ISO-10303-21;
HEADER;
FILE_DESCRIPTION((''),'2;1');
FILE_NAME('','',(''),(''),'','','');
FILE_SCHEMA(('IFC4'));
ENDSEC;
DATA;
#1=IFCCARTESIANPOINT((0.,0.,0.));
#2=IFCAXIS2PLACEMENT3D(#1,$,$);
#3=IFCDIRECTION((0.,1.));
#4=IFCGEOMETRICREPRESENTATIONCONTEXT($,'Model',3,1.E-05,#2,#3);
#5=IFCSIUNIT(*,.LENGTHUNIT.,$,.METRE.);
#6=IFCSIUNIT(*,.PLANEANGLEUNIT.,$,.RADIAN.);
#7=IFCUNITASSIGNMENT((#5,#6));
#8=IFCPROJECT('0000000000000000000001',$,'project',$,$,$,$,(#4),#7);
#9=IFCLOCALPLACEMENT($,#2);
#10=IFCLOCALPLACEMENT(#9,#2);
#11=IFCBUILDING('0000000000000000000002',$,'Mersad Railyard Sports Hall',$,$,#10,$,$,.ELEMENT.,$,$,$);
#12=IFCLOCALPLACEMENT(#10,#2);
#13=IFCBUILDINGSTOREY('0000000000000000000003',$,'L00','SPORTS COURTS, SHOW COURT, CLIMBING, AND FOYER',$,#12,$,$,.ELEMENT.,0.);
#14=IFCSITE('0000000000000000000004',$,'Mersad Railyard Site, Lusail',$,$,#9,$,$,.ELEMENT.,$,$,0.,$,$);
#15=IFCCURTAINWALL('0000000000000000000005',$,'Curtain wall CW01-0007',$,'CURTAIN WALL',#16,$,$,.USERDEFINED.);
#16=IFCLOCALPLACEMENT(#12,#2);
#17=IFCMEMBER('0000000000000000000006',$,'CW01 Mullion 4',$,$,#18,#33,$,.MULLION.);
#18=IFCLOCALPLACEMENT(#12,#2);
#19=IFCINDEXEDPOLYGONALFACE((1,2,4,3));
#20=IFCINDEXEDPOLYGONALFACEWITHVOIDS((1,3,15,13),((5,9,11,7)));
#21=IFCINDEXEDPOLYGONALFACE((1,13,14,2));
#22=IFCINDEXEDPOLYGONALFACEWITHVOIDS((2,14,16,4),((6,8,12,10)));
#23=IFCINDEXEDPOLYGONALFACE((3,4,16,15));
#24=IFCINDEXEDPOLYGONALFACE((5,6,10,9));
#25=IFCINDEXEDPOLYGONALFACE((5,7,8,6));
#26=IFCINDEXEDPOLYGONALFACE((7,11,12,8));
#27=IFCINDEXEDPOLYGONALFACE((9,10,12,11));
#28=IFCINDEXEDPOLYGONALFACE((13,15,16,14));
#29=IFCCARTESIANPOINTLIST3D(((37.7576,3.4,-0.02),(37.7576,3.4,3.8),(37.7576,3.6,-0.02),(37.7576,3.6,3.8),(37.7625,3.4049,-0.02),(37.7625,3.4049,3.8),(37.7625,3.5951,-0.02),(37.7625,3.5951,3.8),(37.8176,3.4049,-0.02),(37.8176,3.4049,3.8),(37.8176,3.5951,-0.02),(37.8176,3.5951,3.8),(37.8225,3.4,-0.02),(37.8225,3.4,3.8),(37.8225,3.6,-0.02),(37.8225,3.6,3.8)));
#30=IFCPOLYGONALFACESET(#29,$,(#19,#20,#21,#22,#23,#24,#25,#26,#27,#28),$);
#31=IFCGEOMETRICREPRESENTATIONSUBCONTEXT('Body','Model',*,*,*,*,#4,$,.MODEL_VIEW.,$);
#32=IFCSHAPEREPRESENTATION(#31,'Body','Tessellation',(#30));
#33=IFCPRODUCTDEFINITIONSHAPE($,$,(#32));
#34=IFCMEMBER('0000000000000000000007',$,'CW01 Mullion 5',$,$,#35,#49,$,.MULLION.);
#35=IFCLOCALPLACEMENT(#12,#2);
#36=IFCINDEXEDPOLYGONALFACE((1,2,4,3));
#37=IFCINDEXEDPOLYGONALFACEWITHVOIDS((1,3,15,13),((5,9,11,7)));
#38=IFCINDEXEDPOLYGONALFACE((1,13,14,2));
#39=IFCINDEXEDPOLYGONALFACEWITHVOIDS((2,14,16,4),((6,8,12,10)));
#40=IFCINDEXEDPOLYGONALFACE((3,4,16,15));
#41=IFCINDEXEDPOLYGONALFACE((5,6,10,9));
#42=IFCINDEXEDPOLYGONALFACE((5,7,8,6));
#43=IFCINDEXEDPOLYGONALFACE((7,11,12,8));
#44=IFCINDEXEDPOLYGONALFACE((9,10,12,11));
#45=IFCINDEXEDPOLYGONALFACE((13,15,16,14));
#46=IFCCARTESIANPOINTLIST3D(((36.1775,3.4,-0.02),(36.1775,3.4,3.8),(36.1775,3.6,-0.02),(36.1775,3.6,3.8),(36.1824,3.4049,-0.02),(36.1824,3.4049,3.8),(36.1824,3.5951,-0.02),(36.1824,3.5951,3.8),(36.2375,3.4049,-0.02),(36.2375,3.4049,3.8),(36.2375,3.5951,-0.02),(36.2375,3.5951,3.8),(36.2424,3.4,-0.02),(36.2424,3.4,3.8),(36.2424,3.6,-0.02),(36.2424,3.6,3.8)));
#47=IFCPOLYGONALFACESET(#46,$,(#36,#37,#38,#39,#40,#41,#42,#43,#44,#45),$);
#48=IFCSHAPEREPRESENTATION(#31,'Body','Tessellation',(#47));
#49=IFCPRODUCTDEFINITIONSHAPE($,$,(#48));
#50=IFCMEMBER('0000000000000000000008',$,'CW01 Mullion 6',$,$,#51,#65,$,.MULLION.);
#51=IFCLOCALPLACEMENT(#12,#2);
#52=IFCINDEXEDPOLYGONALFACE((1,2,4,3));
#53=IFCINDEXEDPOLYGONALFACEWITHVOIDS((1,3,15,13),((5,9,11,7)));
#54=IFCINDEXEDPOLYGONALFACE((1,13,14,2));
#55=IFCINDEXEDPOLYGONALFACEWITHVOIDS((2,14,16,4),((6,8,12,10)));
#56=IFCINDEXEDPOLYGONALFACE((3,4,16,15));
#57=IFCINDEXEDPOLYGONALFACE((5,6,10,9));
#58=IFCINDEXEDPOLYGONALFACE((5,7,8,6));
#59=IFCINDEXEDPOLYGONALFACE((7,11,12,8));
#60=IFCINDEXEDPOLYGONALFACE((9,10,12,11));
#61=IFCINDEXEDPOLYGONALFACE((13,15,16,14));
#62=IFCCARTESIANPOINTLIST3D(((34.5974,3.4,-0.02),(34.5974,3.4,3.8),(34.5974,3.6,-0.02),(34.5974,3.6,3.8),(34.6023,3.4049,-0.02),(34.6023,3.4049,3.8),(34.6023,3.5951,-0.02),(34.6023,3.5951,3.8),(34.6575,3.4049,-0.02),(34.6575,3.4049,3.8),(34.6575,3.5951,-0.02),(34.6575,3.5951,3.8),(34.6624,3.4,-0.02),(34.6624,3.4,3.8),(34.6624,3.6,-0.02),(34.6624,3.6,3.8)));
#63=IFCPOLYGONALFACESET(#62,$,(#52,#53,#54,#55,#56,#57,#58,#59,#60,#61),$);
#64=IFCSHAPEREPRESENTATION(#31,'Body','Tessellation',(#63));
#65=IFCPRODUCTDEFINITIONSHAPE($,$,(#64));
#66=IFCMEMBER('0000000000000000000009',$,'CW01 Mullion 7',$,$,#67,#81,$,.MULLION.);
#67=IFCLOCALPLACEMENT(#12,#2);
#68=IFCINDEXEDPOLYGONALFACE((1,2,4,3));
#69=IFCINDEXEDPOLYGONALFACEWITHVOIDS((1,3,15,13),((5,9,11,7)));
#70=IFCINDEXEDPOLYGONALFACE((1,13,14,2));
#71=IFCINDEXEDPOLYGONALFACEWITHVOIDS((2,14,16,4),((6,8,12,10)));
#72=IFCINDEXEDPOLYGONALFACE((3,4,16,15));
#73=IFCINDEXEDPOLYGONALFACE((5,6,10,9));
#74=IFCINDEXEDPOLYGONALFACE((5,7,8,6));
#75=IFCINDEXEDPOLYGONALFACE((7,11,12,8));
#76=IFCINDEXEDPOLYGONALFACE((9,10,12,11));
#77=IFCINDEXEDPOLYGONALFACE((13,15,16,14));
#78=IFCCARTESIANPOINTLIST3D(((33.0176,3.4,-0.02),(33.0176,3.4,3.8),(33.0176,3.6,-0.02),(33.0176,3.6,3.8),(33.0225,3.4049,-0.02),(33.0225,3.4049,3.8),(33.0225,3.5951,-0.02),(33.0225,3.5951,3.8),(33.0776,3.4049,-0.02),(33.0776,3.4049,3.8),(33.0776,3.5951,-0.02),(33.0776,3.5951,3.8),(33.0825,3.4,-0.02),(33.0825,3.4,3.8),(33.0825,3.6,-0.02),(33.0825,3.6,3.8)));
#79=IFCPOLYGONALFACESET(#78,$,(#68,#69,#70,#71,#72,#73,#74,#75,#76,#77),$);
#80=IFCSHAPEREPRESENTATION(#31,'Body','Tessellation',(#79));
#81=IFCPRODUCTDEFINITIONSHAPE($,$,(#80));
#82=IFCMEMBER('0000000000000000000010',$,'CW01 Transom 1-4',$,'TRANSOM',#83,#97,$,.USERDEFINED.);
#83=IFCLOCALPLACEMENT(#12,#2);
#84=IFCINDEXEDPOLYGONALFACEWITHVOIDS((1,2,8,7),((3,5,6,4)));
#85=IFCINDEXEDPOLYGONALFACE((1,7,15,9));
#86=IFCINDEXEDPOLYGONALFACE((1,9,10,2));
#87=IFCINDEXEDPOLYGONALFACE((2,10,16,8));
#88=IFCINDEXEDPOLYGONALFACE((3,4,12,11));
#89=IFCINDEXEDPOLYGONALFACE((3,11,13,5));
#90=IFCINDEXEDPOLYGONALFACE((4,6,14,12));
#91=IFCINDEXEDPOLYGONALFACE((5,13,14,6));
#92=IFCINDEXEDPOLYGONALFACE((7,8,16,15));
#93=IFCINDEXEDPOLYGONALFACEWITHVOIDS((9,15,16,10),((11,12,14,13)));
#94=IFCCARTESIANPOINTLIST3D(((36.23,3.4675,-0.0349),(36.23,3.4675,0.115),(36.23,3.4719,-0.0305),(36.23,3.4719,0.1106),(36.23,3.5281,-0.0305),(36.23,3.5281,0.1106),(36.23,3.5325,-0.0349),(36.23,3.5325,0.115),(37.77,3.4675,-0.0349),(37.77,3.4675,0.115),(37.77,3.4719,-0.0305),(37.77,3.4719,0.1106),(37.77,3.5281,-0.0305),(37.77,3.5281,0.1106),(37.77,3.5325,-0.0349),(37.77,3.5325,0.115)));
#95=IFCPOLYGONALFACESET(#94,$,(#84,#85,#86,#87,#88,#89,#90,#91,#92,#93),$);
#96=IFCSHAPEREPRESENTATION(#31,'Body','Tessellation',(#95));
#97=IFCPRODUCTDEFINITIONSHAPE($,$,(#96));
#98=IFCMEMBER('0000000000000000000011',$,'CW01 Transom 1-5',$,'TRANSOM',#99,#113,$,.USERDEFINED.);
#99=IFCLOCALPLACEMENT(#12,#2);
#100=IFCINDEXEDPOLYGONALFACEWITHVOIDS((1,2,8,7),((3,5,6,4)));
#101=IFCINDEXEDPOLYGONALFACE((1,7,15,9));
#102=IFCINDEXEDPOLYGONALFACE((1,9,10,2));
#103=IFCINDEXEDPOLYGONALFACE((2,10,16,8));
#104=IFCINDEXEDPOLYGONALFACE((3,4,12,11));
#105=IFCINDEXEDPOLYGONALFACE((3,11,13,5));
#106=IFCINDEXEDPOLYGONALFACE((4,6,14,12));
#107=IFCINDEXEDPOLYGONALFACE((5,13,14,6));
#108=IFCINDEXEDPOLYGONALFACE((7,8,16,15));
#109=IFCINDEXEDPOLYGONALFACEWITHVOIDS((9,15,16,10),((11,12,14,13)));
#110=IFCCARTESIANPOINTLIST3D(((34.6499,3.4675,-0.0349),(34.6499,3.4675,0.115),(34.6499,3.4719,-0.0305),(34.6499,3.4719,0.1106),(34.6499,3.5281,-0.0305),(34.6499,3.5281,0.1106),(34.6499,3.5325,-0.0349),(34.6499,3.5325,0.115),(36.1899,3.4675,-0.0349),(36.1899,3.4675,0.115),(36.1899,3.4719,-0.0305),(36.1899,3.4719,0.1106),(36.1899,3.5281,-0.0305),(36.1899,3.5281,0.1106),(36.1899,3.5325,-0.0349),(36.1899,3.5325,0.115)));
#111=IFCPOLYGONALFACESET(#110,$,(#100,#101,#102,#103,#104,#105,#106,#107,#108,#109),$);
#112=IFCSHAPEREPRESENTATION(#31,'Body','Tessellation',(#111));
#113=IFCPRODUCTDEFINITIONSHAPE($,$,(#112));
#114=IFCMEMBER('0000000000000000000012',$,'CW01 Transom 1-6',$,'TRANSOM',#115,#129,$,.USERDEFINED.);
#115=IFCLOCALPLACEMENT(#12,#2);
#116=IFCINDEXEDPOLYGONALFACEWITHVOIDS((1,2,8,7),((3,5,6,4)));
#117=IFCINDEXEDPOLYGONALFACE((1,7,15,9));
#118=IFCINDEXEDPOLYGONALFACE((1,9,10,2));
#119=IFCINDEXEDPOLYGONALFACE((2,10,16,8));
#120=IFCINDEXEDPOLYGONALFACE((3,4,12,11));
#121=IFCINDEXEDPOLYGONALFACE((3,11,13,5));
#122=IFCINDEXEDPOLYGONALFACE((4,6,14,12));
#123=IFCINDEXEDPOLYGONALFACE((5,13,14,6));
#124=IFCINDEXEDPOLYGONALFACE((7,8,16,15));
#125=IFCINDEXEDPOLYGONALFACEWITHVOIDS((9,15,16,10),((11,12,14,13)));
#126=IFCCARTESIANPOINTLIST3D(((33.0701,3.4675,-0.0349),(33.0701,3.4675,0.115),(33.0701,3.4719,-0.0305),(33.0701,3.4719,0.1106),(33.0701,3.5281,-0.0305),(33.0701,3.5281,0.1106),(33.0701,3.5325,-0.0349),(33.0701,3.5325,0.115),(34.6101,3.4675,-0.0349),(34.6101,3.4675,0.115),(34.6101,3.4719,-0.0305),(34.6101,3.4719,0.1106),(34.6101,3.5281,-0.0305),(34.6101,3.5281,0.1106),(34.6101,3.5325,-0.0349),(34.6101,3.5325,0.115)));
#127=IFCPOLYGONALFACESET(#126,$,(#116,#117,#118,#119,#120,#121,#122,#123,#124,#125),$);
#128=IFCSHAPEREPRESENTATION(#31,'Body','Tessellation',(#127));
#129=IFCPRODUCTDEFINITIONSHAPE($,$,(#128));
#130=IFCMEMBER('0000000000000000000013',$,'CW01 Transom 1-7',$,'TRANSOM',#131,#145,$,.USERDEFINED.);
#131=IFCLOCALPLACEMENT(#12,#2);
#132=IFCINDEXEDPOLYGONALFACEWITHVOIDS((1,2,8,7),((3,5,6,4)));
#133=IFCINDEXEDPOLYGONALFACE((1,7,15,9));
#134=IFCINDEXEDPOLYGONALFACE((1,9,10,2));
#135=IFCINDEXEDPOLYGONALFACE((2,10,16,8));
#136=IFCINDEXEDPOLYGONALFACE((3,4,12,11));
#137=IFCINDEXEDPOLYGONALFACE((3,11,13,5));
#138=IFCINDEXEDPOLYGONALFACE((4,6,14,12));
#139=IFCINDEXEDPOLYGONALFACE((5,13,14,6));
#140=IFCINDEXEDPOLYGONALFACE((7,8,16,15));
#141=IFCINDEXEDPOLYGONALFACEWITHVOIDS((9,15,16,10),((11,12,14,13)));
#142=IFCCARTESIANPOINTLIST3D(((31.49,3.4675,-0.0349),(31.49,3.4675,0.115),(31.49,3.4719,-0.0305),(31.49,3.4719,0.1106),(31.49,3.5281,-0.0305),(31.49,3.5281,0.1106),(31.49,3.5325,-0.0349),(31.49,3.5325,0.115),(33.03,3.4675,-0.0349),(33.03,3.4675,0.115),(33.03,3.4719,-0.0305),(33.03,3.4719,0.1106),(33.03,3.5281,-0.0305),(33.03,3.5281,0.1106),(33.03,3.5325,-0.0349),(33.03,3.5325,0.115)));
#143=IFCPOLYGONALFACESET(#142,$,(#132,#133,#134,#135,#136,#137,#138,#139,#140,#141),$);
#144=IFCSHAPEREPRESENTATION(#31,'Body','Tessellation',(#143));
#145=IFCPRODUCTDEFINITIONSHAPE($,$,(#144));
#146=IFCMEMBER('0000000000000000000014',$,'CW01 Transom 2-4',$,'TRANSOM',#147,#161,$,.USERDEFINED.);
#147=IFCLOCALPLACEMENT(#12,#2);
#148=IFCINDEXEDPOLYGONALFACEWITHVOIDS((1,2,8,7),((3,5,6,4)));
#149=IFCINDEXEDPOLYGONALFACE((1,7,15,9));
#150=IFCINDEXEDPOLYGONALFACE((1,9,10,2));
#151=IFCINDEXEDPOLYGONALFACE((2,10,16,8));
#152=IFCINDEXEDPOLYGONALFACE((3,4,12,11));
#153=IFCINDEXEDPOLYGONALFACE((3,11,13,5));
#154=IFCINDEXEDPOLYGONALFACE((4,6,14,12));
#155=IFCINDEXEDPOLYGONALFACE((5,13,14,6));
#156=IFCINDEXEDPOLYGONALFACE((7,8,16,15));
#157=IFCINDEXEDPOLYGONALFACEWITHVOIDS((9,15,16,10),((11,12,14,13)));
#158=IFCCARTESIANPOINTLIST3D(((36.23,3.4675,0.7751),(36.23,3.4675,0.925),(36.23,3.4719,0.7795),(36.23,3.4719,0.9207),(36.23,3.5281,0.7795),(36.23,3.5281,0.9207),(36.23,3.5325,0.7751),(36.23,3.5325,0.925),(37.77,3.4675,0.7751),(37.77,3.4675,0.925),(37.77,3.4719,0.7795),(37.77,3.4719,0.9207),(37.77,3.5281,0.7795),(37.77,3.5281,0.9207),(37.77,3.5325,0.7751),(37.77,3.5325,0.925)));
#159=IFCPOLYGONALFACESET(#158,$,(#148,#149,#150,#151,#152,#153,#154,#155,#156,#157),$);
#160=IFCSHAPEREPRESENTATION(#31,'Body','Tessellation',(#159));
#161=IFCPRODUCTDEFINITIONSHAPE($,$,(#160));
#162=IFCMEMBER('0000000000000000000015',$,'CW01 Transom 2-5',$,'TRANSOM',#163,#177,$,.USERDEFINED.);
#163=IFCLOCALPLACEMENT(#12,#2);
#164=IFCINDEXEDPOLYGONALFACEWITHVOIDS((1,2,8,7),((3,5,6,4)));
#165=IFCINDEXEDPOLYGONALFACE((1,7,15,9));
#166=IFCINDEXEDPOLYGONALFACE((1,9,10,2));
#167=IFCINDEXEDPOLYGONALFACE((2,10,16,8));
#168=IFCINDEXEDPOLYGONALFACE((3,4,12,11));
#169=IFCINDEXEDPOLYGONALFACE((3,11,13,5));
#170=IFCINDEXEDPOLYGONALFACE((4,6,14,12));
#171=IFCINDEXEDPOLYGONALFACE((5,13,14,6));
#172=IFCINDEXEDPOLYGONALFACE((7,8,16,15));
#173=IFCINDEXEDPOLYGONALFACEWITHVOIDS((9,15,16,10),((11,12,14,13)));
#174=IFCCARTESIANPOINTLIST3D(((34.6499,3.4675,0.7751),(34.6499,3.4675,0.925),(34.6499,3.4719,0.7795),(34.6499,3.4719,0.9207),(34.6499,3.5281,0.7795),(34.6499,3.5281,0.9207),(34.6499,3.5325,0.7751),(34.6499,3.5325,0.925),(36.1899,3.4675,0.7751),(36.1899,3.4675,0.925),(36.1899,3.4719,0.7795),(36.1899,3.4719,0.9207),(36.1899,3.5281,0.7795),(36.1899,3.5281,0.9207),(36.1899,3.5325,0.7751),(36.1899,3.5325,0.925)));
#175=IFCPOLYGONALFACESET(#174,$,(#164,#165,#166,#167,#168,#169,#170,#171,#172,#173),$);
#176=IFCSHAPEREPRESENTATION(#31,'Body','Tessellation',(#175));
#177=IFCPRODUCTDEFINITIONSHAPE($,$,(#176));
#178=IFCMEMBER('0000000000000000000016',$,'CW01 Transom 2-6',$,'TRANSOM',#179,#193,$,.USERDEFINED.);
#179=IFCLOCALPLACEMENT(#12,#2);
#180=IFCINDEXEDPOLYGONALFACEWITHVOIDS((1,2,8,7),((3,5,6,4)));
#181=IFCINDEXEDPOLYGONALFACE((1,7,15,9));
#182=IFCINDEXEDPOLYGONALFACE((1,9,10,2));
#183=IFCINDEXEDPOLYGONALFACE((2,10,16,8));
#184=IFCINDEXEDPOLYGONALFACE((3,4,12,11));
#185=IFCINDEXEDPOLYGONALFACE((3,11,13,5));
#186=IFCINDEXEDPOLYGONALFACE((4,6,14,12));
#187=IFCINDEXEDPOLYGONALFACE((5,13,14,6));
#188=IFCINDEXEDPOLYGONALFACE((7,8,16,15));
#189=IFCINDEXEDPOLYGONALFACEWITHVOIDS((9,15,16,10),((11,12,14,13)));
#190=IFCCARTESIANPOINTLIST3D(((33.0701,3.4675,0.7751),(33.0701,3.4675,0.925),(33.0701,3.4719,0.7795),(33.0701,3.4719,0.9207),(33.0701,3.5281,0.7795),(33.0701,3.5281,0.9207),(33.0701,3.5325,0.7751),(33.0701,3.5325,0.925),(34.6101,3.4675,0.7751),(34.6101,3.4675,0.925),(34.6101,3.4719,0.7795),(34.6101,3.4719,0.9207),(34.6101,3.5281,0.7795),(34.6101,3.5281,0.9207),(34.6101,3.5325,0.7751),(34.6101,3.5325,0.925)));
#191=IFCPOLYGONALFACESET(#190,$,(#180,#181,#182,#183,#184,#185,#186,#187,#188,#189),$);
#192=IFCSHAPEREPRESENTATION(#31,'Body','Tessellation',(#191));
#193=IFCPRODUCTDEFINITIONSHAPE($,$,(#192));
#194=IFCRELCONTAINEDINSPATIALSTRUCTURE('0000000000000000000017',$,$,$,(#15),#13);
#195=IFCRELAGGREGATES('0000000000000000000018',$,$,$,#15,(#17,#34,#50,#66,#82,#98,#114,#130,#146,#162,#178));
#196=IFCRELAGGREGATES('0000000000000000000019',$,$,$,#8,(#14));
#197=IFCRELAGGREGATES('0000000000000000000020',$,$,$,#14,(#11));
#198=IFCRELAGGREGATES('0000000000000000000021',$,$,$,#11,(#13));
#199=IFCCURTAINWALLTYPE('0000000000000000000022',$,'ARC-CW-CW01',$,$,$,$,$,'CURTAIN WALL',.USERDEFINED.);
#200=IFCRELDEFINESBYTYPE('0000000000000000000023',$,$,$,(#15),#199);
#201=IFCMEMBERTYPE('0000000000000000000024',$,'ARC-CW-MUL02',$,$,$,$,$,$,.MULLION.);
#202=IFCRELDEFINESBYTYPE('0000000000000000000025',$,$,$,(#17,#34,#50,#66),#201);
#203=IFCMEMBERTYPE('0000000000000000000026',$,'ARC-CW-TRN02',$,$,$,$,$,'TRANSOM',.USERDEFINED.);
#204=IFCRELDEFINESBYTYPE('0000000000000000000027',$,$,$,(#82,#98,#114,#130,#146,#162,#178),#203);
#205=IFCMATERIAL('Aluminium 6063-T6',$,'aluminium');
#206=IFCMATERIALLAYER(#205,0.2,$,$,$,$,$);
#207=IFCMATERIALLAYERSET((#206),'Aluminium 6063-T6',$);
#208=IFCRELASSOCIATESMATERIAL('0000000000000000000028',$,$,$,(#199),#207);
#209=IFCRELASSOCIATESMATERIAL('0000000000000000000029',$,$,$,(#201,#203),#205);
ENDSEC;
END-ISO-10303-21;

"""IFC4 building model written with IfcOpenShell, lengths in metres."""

from ifc_helpers import new_model, si_unit, direction, frame, origin, origin_2d, place, context, subcontext, project, spatial, hollow_rectangle, extrude, material, layer, layer_set, material_profile, profile_set, type_object, element, aggregate, save


model = new_model("IFC4")

# Units and contexts
model_context = context("Model", 3, precision=1e-05, world=origin(), true_north=direction((0.0, 1.0)))
body_context = subcontext(model_context, "Body", "Model", "MODEL_VIEW")
ifc_project = project(units=[si_unit("LENGTHUNIT", "METRE"), si_unit("PLANEANGLEUNIT", "RADIAN")], contexts=[model_context])

# Site, building, storey
site_placement = place(None, origin())
site = spatial("IfcSite", under=ifc_project, at=site_placement, Name="Mersad Railyard Site, Lusail", CompositionType="ELEMENT", RefElevation=0.0)
building_placement = place(site_placement, origin())
building = spatial("IfcBuilding", under=site, at=building_placement, Name="Mersad Railyard Sports Hall", CompositionType="ELEMENT")
storey_placement = place(building_placement, origin())
storey = spatial("IfcBuildingStorey", under=building, at=storey_placement, Name="L00", Description="SPORTS COURTS, SHOW COURT, CLIMBING, AND FOYER", CompositionType="ELEMENT", Elevation=0.0)

# Curtain wall, members
ifc_material_1 = material(Name="Aluminium 6063-T6", Category="aluminium")
ifc_layer_1 = layer(ifc_material_1, 0.2)
ifc_layer_set_1 = layer_set([ifc_layer_1], Name="Aluminium 6063-T6")
curtain_wall_type = type_object("IfcCurtainWallType", Name="ARC-CW-CW01", ElementType="CURTAIN WALL", PredefinedType="USERDEFINED", material=ifc_layer_set_1)
curtain_wall_placement = place(storey_placement, origin())
curtain_wall = element("IfcCurtainWall", 1, at=curtain_wall_placement, inside=storey, type_object=curtain_wall_type, Name="Curtain wall CW01-0007", ObjectType="CURTAIN WALL", PredefinedType="USERDEFINED")
ifc_material_profile_1 = material_profile(ifc_material_1, hollow_rectangle(XDim=0.0649, YDim=0.2, WallThickness=0.0049, at=origin_2d()), Name="AL MULLION 65x200x5")
ifc_profile_set_1 = profile_set([ifc_material_profile_1], Name="Aluminium 6063-T6")
member_type_1 = type_object("IfcMemberType", Name="ARC-CW-MUL02", PredefinedType="MULLION", material=ifc_profile_set_1)
member_1_placement = place(storey_placement, frame((37.79, 3.5, -0.02), z_axis=(0.0, 0.0, 1.0), x_axis=(1.0, 0.0, 0.0)))
member_1 = element("IfcMember", 2, at=member_1_placement, type_object=member_type_1, Name="CW01 Mullion 4", PredefinedType="MULLION", context=body_context, shape_type="SweptSolid", body=[
    extrude(hollow_rectangle(XDim=0.0649, YDim=0.2, WallThickness=0.0049, at=origin_2d()), origin(), (0.0, 0.0, 1.0), 3.8201),
])
member_2_placement = place(storey_placement, frame((36.21, 3.5, -0.02), z_axis=(0.0, 0.0, 1.0), x_axis=(1.0, 0.0, 0.0)))
member_2 = element("IfcMember", 3, at=member_2_placement, type_object=member_type_1, Name="CW01 Mullion 5", PredefinedType="MULLION", context=body_context, shape_type="SweptSolid", body=[
    extrude(hollow_rectangle(XDim=0.0649, YDim=0.2, WallThickness=0.0049, at=origin_2d()), origin(), (0.0, 0.0, 1.0), 3.8201),
])
member_3_placement = place(storey_placement, frame((34.6299, 3.5, -0.02), z_axis=(0.0, 0.0, 1.0), x_axis=(1.0, 0.0, 0.0)))
member_3 = element("IfcMember", 4, at=member_3_placement, type_object=member_type_1, Name="CW01 Mullion 6", PredefinedType="MULLION", context=body_context, shape_type="SweptSolid", body=[
    extrude(hollow_rectangle(XDim=0.0649, YDim=0.2, WallThickness=0.0049, at=origin_2d()), origin(), (0.0, 0.0, 1.0), 3.8201),
])
member_4_placement = place(storey_placement, frame((33.05, 3.5, -0.02), z_axis=(0.0, 0.0, 1.0), x_axis=(1.0, 0.0, 0.0)))
member_4 = element("IfcMember", 5, at=member_4_placement, type_object=member_type_1, Name="CW01 Mullion 7", PredefinedType="MULLION", context=body_context, shape_type="SweptSolid", body=[
    extrude(hollow_rectangle(XDim=0.0649, YDim=0.2, WallThickness=0.0049, at=origin_2d()), origin(), (0.0, 0.0, 1.0), 3.8201),
])
ifc_material_profile_2 = material_profile(ifc_material_1, hollow_rectangle(XDim=0.0649, YDim=0.1499, WallThickness=0.0044, at=origin_2d()), Name="AL TRANSOM 65x150x4.5")
ifc_profile_set_2 = profile_set([ifc_material_profile_2], Name="Aluminium 6063-T6")
member_type_2 = type_object("IfcMemberType", Name="ARC-CW-TRN02", ElementType="TRANSOM", PredefinedType="USERDEFINED", material=ifc_profile_set_2)
member_5_placement = place(storey_placement, frame((37.77, 3.5, 0.04), z_axis=(-1.0, 0.0, 0.0), x_axis=(0.0, -1.0, 0.0)))
member_5 = element("IfcMember", 6, at=member_5_placement, type_object=member_type_2, Name="CW01 Transom 1-4", ObjectType="TRANSOM", PredefinedType="USERDEFINED", context=body_context, shape_type="SweptSolid", body=[
    extrude(hollow_rectangle(XDim=0.0649, YDim=0.1499, WallThickness=0.0044, at=origin_2d()), origin(), (0.0, 0.0, 1.0), 1.54),
])
member_6_placement = place(storey_placement, frame((36.1899, 3.5, 0.04), z_axis=(-1.0, 0.0, 0.0), x_axis=(0.0, -1.0, 0.0)))
member_6 = element("IfcMember", 7, at=member_6_placement, type_object=member_type_2, Name="CW01 Transom 1-5", ObjectType="TRANSOM", PredefinedType="USERDEFINED", context=body_context, shape_type="SweptSolid", body=[
    extrude(hollow_rectangle(XDim=0.0649, YDim=0.1499, WallThickness=0.0044, at=origin_2d()), origin(), (0.0, 0.0, 1.0), 1.54),
])
member_7_placement = place(storey_placement, frame((34.6101, 3.5, 0.04), z_axis=(-1.0, 0.0, 0.0), x_axis=(0.0, -1.0, 0.0)))
member_7 = element("IfcMember", 8, at=member_7_placement, type_object=member_type_2, Name="CW01 Transom 1-6", ObjectType="TRANSOM", PredefinedType="USERDEFINED", context=body_context, shape_type="SweptSolid", body=[
    extrude(hollow_rectangle(XDim=0.0649, YDim=0.1499, WallThickness=0.0044, at=origin_2d()), origin(), (0.0, 0.0, 1.0), 1.54),
])
member_8_placement = place(storey_placement, frame((33.03, 3.5, 0.04), z_axis=(-1.0, 0.0, 0.0), x_axis=(0.0, -1.0, 0.0)))
member_8 = element("IfcMember", 9, at=member_8_placement, type_object=member_type_2, Name="CW01 Transom 1-7", ObjectType="TRANSOM", PredefinedType="USERDEFINED", context=body_context, shape_type="SweptSolid", body=[
    extrude(hollow_rectangle(XDim=0.0649, YDim=0.1499, WallThickness=0.0044, at=origin_2d()), origin(), (0.0, 0.0, 1.0), 1.54),
])
member_9_placement = place(storey_placement, frame((37.77, 3.5, 0.8501), z_axis=(-1.0, 0.0, 0.0), x_axis=(0.0, -1.0, 0.0)))
member_9 = element("IfcMember", 10, at=member_9_placement, type_object=member_type_2, Name="CW01 Transom 2-4", ObjectType="TRANSOM", PredefinedType="USERDEFINED", context=body_context, shape_type="SweptSolid", body=[
    extrude(hollow_rectangle(XDim=0.0649, YDim=0.1499, WallThickness=0.0044, at=origin_2d()), origin(), (0.0, 0.0, 1.0), 1.54),
])
member_10_placement = place(storey_placement, frame((36.1899, 3.5, 0.8501), z_axis=(-1.0, 0.0, 0.0), x_axis=(0.0, -1.0, 0.0)))
member_10 = element("IfcMember", 11, at=member_10_placement, type_object=member_type_2, Name="CW01 Transom 2-5", ObjectType="TRANSOM", PredefinedType="USERDEFINED", context=body_context, shape_type="SweptSolid", body=[
    extrude(hollow_rectangle(XDim=0.0649, YDim=0.1499, WallThickness=0.0044, at=origin_2d()), origin(), (0.0, 0.0, 1.0), 1.54),
])
member_11_placement = place(storey_placement, frame((34.6101, 3.5, 0.8501), z_axis=(-1.0, 0.0, 0.0), x_axis=(0.0, -1.0, 0.0)))
member_11 = element("IfcMember", 12, at=member_11_placement, type_object=member_type_2, Name="CW01 Transom 2-6", ObjectType="TRANSOM", PredefinedType="USERDEFINED", context=body_context, shape_type="SweptSolid", body=[
    extrude(hollow_rectangle(XDim=0.0649, YDim=0.1499, WallThickness=0.0044, at=origin_2d()), origin(), (0.0, 0.0, 1.0), 1.54),
])
aggregate(curtain_wall, [member_1, member_2, member_3, member_4, member_5, member_6, member_7, member_8, member_9, member_10, member_11])

save(model, "model.ifc")
